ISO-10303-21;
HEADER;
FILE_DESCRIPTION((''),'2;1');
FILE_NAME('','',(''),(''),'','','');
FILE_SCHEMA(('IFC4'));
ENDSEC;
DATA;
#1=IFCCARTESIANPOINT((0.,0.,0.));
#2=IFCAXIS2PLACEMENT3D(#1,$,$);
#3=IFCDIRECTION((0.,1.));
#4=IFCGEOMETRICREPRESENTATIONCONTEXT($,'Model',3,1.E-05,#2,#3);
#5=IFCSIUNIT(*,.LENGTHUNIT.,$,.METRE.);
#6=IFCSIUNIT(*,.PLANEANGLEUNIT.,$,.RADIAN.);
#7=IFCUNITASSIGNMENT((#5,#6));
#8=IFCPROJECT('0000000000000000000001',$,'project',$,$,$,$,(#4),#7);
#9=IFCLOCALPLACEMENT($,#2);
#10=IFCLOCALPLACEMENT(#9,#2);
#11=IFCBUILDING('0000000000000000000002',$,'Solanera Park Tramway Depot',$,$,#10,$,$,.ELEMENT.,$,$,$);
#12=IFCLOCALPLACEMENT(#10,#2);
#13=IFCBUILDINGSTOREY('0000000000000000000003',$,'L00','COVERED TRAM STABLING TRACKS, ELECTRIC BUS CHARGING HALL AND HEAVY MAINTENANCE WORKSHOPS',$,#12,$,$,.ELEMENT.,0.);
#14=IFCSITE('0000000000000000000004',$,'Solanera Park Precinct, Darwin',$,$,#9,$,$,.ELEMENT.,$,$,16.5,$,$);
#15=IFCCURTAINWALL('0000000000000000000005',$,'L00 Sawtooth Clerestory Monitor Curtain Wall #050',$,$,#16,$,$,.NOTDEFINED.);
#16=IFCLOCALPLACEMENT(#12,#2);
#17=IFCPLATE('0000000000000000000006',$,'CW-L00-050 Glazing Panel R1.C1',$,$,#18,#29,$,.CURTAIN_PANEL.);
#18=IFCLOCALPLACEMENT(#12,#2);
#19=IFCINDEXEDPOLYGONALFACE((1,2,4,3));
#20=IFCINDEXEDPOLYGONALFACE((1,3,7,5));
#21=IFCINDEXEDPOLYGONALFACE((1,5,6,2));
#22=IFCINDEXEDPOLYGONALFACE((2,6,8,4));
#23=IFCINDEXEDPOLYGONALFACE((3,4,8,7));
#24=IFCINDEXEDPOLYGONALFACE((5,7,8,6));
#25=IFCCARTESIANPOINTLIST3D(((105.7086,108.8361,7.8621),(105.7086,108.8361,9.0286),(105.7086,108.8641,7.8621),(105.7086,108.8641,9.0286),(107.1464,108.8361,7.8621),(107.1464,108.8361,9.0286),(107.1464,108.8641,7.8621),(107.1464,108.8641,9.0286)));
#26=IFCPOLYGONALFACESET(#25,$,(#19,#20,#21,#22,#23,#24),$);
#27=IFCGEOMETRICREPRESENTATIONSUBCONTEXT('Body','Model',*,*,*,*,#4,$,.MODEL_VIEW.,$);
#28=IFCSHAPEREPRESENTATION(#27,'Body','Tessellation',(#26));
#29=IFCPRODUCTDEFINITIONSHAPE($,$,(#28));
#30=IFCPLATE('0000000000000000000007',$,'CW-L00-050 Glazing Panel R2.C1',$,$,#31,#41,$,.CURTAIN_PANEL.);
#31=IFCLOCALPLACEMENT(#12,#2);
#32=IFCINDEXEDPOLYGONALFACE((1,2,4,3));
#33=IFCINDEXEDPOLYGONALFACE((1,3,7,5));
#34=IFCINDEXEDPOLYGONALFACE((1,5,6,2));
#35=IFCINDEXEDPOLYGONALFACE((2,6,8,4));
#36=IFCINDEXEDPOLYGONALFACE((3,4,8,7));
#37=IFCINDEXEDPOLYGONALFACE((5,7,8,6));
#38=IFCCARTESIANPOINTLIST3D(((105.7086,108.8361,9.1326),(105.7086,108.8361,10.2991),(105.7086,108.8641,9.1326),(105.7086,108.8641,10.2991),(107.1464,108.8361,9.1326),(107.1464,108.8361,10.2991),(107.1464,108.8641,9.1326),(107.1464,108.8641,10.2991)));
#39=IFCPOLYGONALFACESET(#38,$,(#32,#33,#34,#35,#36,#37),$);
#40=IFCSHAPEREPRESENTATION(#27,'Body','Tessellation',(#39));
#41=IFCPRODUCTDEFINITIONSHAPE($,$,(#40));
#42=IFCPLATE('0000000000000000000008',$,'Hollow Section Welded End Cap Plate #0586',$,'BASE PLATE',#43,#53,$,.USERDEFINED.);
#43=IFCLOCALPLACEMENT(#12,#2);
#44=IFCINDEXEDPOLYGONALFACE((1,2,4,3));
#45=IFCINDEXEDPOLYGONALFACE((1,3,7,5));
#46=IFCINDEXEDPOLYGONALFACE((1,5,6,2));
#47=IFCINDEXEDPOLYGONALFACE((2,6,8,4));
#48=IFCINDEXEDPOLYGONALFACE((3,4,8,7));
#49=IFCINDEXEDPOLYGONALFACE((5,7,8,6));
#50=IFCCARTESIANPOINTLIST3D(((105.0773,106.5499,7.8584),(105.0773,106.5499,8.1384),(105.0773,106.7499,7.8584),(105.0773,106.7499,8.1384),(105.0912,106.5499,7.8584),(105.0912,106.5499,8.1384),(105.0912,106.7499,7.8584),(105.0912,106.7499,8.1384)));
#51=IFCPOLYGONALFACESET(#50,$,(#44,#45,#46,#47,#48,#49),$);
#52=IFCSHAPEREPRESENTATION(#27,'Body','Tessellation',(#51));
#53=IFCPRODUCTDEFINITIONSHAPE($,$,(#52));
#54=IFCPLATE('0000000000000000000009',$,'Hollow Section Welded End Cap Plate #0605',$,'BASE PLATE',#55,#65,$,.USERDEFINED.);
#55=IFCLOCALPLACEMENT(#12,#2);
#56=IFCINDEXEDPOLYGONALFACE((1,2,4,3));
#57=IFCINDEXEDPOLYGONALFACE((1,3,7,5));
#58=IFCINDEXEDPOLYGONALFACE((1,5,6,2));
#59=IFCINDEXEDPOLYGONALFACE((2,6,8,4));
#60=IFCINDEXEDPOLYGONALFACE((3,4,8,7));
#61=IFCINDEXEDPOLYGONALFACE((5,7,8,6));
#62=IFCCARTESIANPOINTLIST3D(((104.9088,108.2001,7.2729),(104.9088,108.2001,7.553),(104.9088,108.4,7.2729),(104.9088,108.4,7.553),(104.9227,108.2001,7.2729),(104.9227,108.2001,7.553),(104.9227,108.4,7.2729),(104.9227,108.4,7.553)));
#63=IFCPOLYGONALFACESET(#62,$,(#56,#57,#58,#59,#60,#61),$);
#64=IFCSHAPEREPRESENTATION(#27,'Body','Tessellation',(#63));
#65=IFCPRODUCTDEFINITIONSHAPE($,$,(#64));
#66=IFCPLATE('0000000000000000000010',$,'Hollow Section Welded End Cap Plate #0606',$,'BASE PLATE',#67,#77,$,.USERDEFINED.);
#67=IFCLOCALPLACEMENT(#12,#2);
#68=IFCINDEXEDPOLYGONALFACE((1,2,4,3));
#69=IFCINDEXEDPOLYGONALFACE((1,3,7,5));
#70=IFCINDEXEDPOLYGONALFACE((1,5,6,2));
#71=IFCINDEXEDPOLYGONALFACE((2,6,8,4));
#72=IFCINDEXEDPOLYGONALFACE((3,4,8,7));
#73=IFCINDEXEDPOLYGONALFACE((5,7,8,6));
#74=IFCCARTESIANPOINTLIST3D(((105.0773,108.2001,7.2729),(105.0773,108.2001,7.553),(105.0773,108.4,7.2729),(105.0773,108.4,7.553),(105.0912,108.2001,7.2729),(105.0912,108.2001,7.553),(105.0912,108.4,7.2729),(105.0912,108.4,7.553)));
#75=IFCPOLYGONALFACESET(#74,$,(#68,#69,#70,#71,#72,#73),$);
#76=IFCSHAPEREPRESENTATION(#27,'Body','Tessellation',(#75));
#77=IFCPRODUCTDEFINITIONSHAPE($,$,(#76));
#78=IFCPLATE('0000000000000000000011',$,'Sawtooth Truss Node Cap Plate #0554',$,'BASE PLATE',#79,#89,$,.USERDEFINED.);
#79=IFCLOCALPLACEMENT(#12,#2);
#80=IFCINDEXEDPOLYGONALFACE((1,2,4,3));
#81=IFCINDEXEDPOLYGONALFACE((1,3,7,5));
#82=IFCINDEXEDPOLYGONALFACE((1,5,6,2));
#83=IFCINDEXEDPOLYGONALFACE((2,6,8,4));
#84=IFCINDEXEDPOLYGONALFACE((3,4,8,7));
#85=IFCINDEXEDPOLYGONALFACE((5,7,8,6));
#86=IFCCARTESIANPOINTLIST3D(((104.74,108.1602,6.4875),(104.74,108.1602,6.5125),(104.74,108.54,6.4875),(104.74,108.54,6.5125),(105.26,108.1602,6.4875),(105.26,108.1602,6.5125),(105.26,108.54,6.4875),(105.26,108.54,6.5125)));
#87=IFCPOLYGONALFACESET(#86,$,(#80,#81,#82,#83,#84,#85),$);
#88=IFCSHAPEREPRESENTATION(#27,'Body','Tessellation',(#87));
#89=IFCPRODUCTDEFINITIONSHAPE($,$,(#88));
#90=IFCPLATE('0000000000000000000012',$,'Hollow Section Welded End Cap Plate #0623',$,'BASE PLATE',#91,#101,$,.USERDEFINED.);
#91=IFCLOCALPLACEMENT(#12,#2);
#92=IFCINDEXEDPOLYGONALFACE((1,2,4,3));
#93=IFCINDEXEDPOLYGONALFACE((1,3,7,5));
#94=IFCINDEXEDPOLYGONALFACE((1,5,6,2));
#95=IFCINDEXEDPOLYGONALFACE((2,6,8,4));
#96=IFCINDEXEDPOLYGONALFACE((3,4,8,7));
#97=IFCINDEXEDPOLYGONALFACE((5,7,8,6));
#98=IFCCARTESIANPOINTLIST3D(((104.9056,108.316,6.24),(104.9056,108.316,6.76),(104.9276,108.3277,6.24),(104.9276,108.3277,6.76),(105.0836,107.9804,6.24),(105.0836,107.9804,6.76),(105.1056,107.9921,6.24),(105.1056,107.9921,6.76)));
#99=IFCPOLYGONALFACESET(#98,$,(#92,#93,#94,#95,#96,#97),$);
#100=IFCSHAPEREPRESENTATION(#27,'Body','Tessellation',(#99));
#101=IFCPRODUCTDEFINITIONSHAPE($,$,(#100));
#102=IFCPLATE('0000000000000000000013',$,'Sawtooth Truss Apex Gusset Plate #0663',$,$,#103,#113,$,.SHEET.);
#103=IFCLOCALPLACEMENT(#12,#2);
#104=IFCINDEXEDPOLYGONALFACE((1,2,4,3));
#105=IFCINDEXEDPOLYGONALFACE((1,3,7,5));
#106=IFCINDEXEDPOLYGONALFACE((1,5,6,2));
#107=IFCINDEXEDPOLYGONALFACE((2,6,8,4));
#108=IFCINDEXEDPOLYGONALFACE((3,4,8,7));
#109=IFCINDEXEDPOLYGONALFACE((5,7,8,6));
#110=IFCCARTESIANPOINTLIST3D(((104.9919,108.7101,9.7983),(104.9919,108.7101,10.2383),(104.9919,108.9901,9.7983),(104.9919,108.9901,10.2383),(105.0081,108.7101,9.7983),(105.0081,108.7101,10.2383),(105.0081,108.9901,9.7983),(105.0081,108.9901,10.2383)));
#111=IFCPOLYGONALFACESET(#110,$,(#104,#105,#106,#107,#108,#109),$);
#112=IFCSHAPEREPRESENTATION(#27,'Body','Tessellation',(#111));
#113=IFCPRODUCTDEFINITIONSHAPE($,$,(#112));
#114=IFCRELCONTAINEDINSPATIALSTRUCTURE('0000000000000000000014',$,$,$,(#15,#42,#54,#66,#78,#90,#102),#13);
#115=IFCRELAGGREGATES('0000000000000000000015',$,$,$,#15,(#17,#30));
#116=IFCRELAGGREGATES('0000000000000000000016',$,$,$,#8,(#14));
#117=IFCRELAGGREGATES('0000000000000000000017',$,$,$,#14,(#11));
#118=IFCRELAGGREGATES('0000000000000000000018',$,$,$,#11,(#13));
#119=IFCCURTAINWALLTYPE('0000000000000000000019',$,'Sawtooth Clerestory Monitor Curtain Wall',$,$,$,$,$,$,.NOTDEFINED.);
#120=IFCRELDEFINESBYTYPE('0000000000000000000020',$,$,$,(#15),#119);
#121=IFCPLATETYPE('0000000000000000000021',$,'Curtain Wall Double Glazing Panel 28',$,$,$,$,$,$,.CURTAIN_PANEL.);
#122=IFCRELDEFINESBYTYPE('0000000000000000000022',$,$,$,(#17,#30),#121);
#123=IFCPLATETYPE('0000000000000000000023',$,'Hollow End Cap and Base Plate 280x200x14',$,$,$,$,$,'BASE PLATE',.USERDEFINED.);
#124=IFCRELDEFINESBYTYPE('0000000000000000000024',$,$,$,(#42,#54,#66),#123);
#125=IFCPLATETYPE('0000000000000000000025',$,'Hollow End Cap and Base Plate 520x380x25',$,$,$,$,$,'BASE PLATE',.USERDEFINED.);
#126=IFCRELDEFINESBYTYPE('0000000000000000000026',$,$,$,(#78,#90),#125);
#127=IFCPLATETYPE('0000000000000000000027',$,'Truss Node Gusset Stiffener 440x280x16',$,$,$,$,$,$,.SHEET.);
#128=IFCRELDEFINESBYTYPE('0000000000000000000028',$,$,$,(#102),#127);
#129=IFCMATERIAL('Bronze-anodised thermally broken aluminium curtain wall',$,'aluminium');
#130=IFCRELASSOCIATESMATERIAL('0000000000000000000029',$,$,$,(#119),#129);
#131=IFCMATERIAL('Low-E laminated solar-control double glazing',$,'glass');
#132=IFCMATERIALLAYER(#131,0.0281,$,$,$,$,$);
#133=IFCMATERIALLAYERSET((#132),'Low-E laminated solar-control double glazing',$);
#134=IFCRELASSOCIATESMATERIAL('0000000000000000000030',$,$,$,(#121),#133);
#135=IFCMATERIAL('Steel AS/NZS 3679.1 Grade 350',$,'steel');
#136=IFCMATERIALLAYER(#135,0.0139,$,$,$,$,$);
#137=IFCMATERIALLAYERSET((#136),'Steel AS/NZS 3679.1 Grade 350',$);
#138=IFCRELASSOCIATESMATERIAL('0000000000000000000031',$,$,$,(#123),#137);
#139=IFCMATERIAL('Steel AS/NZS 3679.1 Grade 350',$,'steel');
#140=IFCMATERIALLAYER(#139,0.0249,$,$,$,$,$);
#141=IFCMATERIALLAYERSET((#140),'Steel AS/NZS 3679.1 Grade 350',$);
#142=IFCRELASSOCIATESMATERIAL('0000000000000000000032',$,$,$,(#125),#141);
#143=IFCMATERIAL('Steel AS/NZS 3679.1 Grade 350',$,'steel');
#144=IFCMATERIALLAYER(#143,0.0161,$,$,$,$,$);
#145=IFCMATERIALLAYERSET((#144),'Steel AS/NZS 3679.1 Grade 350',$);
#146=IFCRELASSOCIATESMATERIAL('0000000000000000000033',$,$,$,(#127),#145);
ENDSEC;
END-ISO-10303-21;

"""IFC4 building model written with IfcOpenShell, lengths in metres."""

from ifc_helpers import new_model, si_unit, direction, frame, origin, origin_2d, place, context, subcontext, project, spatial, rectangle, extrude, material, layer, layer_set, type_object, element, aggregate, save


model = new_model("IFC4")

# Units and contexts
model_context = context("Model", 3, precision=1e-05, world=origin(), true_north=direction((0.0, 1.0)))
body_context = subcontext(model_context, "Body", "Model", "MODEL_VIEW")
ifc_project = project(units=[si_unit("LENGTHUNIT", "METRE"), si_unit("PLANEANGLEUNIT", "RADIAN")], contexts=[model_context])

# Site, building, storey
site_placement = place(None, origin())
site = spatial("IfcSite", under=ifc_project, at=site_placement, Name="Solanera Park Precinct, Darwin", CompositionType="ELEMENT", RefElevation=16.5)
building_placement = place(site_placement, origin())
building = spatial("IfcBuilding", under=site, at=building_placement, Name="Solanera Park Tramway Depot", CompositionType="ELEMENT")
storey_placement = place(building_placement, origin())
storey = spatial("IfcBuildingStorey", under=building, at=storey_placement, Name="L00", Description="COVERED TRAM STABLING TRACKS, ELECTRIC BUS CHARGING HALL AND HEAVY MAINTENANCE WORKSHOPS", CompositionType="ELEMENT", Elevation=0.0)

# Curtain wall
ifc_material_1 = material(Name="Bronze-anodised thermally broken aluminium curtain wall", Category="aluminium")
curtain_wall_type = type_object("IfcCurtainWallType", Name="Sawtooth Clerestory Monitor Curtain Wall", PredefinedType="NOTDEFINED", material=ifc_material_1)
curtain_wall_1_placement = place(storey_placement, origin())
curtain_wall_1 = element("IfcCurtainWall", 1, at=curtain_wall_1_placement, inside=storey, type_object=curtain_wall_type, Name="L00 Sawtooth Clerestory Monitor Curtain Wall #050", PredefinedType="NOTDEFINED")

# Plates
ifc_material_2 = material(Name="Low-E laminated solar-control double glazing", Category="glass")
ifc_layer_1 = layer(ifc_material_2, 0.0281)
ifc_layer_set_1 = layer_set([ifc_layer_1], Name="Low-E laminated solar-control double glazing")
plate_type_1 = type_object("IfcPlateType", Name="Curtain Wall Double Glazing Panel 28", PredefinedType="CURTAIN_PANEL", material=ifc_layer_set_1)
plate_1_placement = place(storey_placement, frame((106.4275, 108.8501, 7.8621), z_axis=(0.0, 0.0, 1.0), x_axis=(1.0, 0.0, 0.0)))
plate_1 = element("IfcPlate", 2, at=plate_1_placement, type_object=plate_type_1, Name="CW-L00-050 Glazing Panel R1.C1", PredefinedType="CURTAIN_PANEL", context=body_context, shape_type="SweptSolid", body=[
    extrude(rectangle(XDim=1.4377, YDim=0.0281, at=origin_2d()), origin(), (0.0, 0.0, 1.0), 1.1665),
])
plate_2_placement = place(storey_placement, frame((106.4275, 108.8501, 9.1326), z_axis=(0.0, 0.0, 1.0), x_axis=(1.0, 0.0, 0.0)))
plate_2 = element("IfcPlate", 3, at=plate_2_placement, type_object=plate_type_1, Name="CW-L00-050 Glazing Panel R2.C1", PredefinedType="CURTAIN_PANEL", context=body_context, shape_type="SweptSolid", body=[
    extrude(rectangle(XDim=1.4377, YDim=0.0281, at=origin_2d()), origin(), (0.0, 0.0, 1.0), 1.1665),
])
aggregate(curtain_wall_1, [plate_1, plate_2])

# Plates
ifc_material_3 = material(Name="Steel AS/NZS 3679.1 Grade 350", Category="steel")
ifc_layer_2 = layer(ifc_material_3, 0.0139)
ifc_layer_set_2 = layer_set([ifc_layer_2], Name="Steel AS/NZS 3679.1 Grade 350")
plate_type_2 = type_object("IfcPlateType", Name="Hollow End Cap and Base Plate 280x200x14", ElementType="BASE PLATE", PredefinedType="USERDEFINED", material=ifc_layer_set_2)
for number, where, z_axis, x_axis, name in (
    (4, (105.0842, 106.6499, 7.8584), (0.0, 0.0, 1.0), (1.0, 0.0, 0.0), "Hollow Section Welded End Cap Plate #0586"),
    (5, (104.9158, 108.3, 7.2729), (0.0, 0.0, 1.0), (1.0, 0.0, 0.0), "Hollow Section Welded End Cap Plate #0605"),
    (6, (105.0842, 108.3, 7.2729), (0.0, 0.0, 1.0), (1.0, 0.0, 0.0), "Hollow Section Welded End Cap Plate #0606"),
):
    element("IfcPlate", number, at=place(storey_placement, frame(where, z_axis=z_axis, x_axis=x_axis)), inside=storey, type_object=plate_type_2, Name=name, ObjectType="BASE PLATE", PredefinedType="USERDEFINED", context=body_context, shape_type="SweptSolid", body=[
        extrude(rectangle(XDim=0.0139, YDim=0.2, at=origin_2d()), origin(), (0.0, 0.0, 1.0), 0.28),
    ])
ifc_material_4 = material(Name="Steel AS/NZS 3679.1 Grade 350", Category="steel")
ifc_layer_3 = layer(ifc_material_4, 0.0249)
ifc_layer_set_3 = layer_set([ifc_layer_3], Name="Steel AS/NZS 3679.1 Grade 350")
plate_type_3 = type_object("IfcPlateType", Name="Hollow End Cap and Base Plate 520x380x25", ElementType="BASE PLATE", PredefinedType="USERDEFINED", material=ifc_layer_set_3)
plate_3_placement = place(storey_placement, frame((105.0, 108.3501, 6.4875), z_axis=(0.0, 0.0, 1.0), x_axis=(1.0, 0.0, 0.0)))
element("IfcPlate", 7, at=plate_3_placement, inside=storey, type_object=plate_type_3, Name="Sawtooth Truss Node Cap Plate #0554", ObjectType="BASE PLATE", PredefinedType="USERDEFINED", context=body_context, shape_type="SweptSolid", body=[
    extrude(rectangle(XDim=0.52, YDim=0.3799, at=origin_2d()), origin(), (0.0, 0.0, 1.0), 0.0249),
])
plate_4_placement = place(storey_placement, frame((105.0056, 108.1541, 6.24), z_axis=(0.0, 0.0, 1.0), x_axis=(0.883521, 0.468392, 0.0)))
element("IfcPlate", 8, at=plate_4_placement, inside=storey, type_object=plate_type_3, Name="Hollow Section Welded End Cap Plate #0623", ObjectType="BASE PLATE", PredefinedType="USERDEFINED", context=body_context, shape_type="SweptSolid", body=[
    extrude(rectangle(XDim=0.0249, YDim=0.3799, at=origin_2d()), origin(), (0.0, 0.0, 1.0), 0.52),
])
ifc_material_5 = material(Name="Steel AS/NZS 3679.1 Grade 350", Category="steel")
ifc_layer_4 = layer(ifc_material_5, 0.0161)
ifc_layer_set_4 = layer_set([ifc_layer_4], Name="Steel AS/NZS 3679.1 Grade 350")
plate_type_4 = type_object("IfcPlateType", Name="Truss Node Gusset Stiffener 440x280x16", PredefinedType="SHEET", material=ifc_layer_set_4)
plate_5_placement = place(storey_placement, frame((105.0, 108.8501, 9.7983), z_axis=(0.0, 0.0, 1.0), x_axis=(1.0, 0.0, 0.0)))
element("IfcPlate", 9, at=plate_5_placement, inside=storey, type_object=plate_type_4, Name="Sawtooth Truss Apex Gusset Plate #0663", PredefinedType="SHEET", context=body_context, shape_type="SweptSolid", body=[
    extrude(rectangle(XDim=0.0161, YDim=0.28, at=origin_2d()), origin(), (0.0, 0.0, 1.0), 0.4399),
])

save(model, "model.ifc")
